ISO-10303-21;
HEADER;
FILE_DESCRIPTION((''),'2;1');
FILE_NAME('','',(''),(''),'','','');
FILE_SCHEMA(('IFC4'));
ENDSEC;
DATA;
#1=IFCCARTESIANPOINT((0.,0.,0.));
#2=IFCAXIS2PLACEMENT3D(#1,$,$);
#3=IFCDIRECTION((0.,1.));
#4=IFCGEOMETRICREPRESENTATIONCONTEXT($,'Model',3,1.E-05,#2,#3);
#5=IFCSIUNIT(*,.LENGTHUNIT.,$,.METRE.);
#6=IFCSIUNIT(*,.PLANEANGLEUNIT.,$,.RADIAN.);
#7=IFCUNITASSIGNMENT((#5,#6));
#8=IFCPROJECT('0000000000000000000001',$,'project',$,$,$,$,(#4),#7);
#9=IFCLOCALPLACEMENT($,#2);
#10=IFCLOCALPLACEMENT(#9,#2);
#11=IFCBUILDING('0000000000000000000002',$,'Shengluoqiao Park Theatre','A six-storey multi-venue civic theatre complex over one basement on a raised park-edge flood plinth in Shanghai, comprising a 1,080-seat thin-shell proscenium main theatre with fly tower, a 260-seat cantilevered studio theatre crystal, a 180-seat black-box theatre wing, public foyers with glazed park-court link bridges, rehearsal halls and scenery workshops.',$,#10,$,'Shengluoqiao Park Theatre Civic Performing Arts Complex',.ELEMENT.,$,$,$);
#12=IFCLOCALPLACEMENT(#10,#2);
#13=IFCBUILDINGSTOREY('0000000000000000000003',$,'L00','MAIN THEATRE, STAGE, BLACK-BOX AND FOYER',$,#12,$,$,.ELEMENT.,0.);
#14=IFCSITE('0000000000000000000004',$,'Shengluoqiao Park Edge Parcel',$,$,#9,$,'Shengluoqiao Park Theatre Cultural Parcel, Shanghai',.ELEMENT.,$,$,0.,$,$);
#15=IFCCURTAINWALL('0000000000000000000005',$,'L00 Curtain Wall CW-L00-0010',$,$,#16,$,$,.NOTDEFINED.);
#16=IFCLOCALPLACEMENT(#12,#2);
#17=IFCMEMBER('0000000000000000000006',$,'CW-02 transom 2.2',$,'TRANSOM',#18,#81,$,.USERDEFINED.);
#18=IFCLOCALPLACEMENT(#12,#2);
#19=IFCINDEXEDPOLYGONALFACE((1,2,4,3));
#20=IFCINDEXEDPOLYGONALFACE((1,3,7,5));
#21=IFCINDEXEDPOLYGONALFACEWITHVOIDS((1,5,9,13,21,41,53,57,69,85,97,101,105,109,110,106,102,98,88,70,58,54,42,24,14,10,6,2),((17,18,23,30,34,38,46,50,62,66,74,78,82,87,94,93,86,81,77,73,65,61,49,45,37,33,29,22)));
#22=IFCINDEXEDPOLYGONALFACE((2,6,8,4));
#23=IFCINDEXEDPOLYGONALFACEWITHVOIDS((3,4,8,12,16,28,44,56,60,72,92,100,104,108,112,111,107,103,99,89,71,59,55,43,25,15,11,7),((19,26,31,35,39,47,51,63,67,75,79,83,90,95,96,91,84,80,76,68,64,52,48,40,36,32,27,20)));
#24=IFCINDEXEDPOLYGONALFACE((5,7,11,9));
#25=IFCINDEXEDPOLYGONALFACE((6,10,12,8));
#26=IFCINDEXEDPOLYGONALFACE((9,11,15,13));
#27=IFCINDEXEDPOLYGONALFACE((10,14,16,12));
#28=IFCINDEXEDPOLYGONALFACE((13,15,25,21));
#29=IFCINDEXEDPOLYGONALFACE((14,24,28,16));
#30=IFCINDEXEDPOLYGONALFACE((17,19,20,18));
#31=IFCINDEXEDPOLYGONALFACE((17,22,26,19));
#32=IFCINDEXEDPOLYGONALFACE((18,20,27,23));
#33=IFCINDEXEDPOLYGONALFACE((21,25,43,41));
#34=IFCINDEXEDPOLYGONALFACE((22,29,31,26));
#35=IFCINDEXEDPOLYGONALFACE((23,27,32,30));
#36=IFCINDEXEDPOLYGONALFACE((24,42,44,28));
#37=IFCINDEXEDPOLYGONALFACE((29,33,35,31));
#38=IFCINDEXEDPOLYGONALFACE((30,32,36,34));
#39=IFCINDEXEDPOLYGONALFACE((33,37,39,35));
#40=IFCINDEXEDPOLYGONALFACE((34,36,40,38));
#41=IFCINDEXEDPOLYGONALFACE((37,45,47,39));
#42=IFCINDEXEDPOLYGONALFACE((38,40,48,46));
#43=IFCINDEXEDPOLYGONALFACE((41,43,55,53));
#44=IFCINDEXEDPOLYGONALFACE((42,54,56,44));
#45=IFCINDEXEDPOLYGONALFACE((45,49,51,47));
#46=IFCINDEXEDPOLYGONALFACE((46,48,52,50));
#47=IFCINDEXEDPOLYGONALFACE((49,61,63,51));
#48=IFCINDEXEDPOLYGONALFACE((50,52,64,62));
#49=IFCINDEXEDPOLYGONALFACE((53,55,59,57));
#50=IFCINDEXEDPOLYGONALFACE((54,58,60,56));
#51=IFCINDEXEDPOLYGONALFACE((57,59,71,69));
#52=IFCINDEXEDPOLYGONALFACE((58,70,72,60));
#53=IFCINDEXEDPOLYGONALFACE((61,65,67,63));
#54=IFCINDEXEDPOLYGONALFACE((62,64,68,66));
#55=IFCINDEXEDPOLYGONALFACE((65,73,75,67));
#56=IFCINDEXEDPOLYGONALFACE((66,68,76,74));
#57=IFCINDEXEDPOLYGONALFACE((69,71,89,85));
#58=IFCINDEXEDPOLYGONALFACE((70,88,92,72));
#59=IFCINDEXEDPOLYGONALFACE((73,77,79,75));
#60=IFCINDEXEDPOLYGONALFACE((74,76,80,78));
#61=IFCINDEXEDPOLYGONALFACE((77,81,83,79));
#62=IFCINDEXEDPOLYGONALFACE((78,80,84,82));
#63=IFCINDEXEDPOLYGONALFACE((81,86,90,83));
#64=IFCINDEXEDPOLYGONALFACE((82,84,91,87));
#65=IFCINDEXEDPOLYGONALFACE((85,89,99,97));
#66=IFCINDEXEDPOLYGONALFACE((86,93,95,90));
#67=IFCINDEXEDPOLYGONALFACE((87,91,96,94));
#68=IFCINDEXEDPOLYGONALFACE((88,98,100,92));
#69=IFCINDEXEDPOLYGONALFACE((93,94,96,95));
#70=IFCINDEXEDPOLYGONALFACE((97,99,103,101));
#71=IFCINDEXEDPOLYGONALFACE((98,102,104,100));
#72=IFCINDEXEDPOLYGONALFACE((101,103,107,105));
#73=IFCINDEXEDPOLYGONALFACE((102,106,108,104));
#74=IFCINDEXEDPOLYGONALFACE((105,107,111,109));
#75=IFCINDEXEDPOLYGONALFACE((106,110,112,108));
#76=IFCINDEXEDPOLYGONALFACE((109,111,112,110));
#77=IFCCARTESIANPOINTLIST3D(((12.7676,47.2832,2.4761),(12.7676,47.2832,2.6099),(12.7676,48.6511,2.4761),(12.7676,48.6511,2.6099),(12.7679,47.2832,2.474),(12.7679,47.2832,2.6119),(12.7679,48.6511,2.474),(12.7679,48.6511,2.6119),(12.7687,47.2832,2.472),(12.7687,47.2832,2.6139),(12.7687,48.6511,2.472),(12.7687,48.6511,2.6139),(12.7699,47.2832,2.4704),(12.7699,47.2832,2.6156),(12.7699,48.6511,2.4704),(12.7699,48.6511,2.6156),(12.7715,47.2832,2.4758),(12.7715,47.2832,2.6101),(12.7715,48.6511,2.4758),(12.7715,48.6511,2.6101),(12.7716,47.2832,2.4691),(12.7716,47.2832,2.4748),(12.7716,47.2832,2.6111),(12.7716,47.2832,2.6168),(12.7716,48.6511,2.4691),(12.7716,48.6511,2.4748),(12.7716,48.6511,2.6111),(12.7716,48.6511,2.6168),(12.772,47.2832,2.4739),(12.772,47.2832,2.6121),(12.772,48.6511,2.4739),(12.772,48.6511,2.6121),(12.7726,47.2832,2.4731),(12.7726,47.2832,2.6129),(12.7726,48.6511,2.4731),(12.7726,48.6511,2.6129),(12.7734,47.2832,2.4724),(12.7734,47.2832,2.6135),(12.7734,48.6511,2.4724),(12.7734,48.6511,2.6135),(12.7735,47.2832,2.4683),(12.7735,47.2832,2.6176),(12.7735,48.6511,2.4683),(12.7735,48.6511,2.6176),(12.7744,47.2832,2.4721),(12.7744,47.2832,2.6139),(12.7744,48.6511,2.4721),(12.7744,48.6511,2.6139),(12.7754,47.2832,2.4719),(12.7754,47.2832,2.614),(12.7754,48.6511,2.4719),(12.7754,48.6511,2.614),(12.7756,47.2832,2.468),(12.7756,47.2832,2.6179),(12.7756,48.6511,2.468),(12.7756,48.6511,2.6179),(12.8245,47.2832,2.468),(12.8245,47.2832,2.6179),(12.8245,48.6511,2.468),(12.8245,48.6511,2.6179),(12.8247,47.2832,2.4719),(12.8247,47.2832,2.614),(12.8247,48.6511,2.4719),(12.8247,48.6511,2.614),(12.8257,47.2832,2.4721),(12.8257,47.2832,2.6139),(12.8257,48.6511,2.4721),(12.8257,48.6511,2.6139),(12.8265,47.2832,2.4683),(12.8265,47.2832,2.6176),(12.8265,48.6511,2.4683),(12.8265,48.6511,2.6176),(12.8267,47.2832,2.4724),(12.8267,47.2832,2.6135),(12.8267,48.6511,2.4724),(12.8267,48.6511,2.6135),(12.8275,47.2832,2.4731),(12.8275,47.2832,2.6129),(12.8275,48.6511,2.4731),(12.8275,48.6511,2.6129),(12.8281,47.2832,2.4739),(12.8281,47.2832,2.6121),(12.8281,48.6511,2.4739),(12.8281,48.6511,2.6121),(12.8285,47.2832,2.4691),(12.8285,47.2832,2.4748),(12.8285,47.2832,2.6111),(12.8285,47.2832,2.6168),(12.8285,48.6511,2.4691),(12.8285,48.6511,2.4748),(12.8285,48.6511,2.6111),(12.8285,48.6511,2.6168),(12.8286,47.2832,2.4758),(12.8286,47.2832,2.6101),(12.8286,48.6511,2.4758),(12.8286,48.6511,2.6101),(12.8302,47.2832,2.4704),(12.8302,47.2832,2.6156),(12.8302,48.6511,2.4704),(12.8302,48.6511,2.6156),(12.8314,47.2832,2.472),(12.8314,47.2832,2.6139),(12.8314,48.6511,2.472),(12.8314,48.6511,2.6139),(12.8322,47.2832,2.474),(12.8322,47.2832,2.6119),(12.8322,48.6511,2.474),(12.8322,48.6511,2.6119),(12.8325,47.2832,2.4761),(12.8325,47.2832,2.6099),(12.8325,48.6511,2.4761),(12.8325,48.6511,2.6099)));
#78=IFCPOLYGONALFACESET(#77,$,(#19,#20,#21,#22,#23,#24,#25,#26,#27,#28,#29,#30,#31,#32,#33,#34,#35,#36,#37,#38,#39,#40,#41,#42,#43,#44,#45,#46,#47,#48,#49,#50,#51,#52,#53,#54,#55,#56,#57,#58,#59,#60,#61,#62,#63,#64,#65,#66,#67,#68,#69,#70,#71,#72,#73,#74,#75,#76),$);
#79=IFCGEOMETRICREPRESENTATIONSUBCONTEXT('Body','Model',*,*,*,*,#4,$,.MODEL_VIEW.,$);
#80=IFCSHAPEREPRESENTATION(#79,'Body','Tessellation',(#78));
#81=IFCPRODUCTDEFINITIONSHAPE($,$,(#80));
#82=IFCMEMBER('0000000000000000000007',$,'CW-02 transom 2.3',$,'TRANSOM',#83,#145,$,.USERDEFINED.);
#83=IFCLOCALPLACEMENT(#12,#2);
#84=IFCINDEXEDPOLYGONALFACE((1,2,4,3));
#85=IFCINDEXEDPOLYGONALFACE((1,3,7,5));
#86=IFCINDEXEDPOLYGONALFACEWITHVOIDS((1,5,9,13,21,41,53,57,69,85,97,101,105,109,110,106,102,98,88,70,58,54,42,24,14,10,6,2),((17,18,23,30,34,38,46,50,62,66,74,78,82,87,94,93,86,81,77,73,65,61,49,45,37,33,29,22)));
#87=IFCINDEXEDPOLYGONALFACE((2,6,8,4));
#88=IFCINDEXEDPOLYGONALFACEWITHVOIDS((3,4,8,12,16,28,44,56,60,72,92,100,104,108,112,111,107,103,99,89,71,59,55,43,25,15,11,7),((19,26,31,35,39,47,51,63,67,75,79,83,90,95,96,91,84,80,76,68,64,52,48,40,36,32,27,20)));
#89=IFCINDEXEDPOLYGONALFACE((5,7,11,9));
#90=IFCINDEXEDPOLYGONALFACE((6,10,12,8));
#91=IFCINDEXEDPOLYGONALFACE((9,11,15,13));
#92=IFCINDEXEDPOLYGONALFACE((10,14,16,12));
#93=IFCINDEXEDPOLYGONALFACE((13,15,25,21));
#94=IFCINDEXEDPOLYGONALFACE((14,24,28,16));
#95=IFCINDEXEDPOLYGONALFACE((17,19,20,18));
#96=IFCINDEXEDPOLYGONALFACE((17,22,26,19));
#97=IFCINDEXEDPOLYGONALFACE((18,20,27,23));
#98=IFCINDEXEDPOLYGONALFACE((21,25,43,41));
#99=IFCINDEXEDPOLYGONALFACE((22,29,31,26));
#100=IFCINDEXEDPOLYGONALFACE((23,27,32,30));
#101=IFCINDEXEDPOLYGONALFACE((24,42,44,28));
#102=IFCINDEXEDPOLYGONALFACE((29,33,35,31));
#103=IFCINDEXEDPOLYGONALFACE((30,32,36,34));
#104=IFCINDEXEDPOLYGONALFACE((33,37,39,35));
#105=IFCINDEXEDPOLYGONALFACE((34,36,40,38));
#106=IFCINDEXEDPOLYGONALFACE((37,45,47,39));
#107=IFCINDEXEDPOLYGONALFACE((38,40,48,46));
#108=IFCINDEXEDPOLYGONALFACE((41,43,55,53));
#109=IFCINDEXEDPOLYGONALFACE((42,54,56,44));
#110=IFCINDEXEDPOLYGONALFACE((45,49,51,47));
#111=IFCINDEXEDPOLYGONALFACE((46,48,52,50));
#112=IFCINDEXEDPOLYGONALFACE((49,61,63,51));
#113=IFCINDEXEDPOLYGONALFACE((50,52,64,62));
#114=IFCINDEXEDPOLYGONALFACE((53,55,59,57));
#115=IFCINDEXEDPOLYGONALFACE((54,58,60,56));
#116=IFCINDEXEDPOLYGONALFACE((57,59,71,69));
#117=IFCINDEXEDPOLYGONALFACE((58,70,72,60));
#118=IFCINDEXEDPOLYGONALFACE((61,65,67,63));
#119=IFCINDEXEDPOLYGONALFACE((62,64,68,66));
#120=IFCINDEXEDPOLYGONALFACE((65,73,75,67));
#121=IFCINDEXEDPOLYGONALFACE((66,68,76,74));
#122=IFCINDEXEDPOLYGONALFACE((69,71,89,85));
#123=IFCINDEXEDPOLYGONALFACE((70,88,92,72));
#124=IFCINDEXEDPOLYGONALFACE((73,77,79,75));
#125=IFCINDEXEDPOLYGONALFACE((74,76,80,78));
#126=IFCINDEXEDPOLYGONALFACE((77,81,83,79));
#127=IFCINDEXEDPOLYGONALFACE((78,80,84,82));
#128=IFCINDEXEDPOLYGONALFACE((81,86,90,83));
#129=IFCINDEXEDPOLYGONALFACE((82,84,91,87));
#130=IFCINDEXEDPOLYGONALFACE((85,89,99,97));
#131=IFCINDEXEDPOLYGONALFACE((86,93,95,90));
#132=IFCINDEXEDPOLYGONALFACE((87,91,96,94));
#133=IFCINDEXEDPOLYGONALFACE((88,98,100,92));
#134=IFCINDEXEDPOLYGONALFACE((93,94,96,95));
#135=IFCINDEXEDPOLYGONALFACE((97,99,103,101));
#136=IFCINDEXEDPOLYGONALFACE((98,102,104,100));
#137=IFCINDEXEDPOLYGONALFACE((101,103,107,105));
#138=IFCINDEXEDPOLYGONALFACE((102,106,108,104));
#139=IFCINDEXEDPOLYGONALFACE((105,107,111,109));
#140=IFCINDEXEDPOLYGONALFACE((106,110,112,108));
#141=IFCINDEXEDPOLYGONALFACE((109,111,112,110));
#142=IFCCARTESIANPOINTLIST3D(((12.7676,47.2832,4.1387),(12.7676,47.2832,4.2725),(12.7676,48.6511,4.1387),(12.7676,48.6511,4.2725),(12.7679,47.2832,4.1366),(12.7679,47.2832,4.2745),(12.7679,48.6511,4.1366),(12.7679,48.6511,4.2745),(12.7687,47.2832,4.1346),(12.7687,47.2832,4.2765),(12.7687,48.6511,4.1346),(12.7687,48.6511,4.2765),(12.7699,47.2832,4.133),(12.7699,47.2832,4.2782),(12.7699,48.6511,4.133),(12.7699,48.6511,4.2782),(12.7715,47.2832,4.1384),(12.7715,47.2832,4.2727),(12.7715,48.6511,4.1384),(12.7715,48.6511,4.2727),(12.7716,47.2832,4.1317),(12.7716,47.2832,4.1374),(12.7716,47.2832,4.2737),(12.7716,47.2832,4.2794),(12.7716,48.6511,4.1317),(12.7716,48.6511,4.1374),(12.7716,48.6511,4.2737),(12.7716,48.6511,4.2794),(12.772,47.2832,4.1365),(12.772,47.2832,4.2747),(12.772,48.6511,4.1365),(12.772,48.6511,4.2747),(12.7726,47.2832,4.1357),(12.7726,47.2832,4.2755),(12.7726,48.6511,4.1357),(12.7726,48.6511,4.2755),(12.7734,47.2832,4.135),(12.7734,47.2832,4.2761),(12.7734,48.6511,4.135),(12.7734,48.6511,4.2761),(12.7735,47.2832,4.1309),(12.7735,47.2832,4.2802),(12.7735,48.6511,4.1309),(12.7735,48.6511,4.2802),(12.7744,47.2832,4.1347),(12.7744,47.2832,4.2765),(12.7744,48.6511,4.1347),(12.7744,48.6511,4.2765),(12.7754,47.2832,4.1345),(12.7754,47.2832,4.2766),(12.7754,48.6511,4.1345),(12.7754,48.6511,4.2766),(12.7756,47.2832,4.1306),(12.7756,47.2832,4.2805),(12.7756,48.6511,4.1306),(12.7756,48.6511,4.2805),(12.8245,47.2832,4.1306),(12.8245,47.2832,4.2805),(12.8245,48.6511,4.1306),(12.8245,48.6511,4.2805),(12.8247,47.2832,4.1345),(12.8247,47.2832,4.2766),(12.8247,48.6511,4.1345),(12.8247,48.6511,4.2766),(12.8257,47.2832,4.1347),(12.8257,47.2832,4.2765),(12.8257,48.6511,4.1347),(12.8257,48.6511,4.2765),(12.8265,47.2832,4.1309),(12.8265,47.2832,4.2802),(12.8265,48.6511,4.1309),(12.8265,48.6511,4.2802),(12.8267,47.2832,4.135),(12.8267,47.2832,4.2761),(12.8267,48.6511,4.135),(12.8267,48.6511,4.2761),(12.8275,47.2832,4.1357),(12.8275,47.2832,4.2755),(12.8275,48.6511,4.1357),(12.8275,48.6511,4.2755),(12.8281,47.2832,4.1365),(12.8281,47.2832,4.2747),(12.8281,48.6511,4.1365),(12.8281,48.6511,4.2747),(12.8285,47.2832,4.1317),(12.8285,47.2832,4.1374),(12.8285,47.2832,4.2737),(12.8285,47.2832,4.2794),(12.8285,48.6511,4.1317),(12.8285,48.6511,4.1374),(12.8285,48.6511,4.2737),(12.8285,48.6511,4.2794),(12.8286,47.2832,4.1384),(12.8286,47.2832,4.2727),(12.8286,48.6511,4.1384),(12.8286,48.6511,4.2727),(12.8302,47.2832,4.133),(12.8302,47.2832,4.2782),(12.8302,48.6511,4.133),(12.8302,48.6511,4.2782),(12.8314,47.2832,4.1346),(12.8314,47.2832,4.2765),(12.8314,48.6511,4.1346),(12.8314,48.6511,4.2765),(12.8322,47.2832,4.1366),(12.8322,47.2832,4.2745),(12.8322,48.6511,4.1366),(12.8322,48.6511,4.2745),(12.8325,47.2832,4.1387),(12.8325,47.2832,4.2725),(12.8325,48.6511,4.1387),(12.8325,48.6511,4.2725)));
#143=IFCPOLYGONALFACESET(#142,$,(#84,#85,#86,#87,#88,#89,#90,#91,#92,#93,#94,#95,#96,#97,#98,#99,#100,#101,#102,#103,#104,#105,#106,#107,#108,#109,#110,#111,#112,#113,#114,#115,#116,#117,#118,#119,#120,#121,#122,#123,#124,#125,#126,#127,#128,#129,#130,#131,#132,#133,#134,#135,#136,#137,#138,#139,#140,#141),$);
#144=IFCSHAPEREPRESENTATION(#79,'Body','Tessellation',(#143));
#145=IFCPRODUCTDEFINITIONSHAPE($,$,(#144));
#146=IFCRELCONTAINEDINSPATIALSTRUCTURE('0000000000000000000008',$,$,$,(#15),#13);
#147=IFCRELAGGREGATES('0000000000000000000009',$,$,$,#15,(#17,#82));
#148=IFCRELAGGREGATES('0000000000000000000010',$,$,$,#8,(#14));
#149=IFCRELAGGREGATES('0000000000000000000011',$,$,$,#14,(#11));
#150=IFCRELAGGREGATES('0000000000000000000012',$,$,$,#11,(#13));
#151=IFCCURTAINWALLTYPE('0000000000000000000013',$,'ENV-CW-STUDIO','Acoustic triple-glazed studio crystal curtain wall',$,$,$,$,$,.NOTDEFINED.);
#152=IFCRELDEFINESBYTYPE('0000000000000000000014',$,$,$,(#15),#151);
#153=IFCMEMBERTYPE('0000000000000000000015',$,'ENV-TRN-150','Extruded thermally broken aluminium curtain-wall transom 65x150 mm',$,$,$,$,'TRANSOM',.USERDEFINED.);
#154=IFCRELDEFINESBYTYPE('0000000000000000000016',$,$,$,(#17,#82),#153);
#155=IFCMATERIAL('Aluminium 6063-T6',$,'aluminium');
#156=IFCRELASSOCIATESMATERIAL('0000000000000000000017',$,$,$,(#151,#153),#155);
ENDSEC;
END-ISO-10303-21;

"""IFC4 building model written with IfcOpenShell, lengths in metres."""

from ifc_helpers import new_model, si_unit, direction, frame, origin, origin_2d, place, context, subcontext, project, spatial, hollow_rectangle, extrude, material, material_profile, profile_set, type_object, element, aggregate, save


model = new_model("IFC4")

# Units and contexts
model_context = context("Model", 3, precision=1e-05, world=origin(), true_north=direction((0.0, 1.0)))
body_context = subcontext(model_context, "Body", "Model", "MODEL_VIEW")
ifc_project = project(units=[si_unit("LENGTHUNIT", "METRE"), si_unit("PLANEANGLEUNIT", "RADIAN")], contexts=[model_context])

# Site, building, storey
site_placement = place(None, origin())
site = spatial("IfcSite", under=ifc_project, at=site_placement, Name="Shengluoqiao Park Edge Parcel", LongName="Shengluoqiao Park Theatre Cultural Parcel, Shanghai", CompositionType="ELEMENT", RefElevation=0.0)
building_placement = place(site_placement, origin())
building = spatial("IfcBuilding", under=site, at=building_placement, Name="Shengluoqiao Park Theatre", Description="A six-storey multi-venue civic theatre complex over one basement on a raised park-edge flood plinth in Shanghai, comprising a 1,080-seat thin-shell proscenium main theatre with fly tower, a 260-seat cantilevered studio theatre crystal, a 180-seat black-box theatre wing, public foyers with glazed park-court link bridges, rehearsal halls and scenery workshops.", LongName="Shengluoqiao Park Theatre Civic Performing Arts Complex", CompositionType="ELEMENT")
storey_placement = place(building_placement, origin())
storey = spatial("IfcBuildingStorey", under=building, at=storey_placement, Name="L00", Description="MAIN THEATRE, STAGE, BLACK-BOX AND FOYER", CompositionType="ELEMENT", Elevation=0.0)

# Curtain wall, members
ifc_material_1 = material(Name="Aluminium 6063-T6", Category="aluminium")
curtain_wall_type = type_object("IfcCurtainWallType", Name="ENV-CW-STUDIO", Description="Acoustic triple-glazed studio crystal curtain wall", PredefinedType="NOTDEFINED", material=ifc_material_1)
curtain_wall_placement = place(storey_placement, origin())
curtain_wall = element("IfcCurtainWall", 1, at=curtain_wall_placement, inside=storey, type_object=curtain_wall_type, Name="L00 Curtain Wall CW-L00-0010", PredefinedType="NOTDEFINED")
ifc_material_profile_1 = material_profile(ifc_material_1, hollow_rectangle(XDim=0.0649, YDim=0.1499, WallThickness=0.0039, InnerFilletRadius=0.0039, OuterFilletRadius=0.0081, at=origin_2d()), Name="ALU TRANSOM 150x65x4")
ifc_profile_set_1 = profile_set([ifc_material_profile_1], Name="Aluminium 6063-T6")
member_type_1 = type_object("IfcMemberType", Name="ENV-TRN-150", Description="Extruded thermally broken aluminium curtain-wall transom 65x150 mm", ElementType="TRANSOM", PredefinedType="USERDEFINED", material=ifc_profile_set_1)
member_1_placement = place(storey_placement, frame((12.8, 47.2832, 2.543), z_axis=(0.0, 1.0, 0.0), x_axis=(-1.0, 0.0, 0.0)))
member_1 = element("IfcMember", 2, at=member_1_placement, type_object=member_type_1, Name="CW-02 transom 2.2", ObjectType="TRANSOM", PredefinedType="USERDEFINED", context=body_context, shape_type="SweptSolid", body=[
    extrude(hollow_rectangle(XDim=0.0649, YDim=0.1499, WallThickness=0.0039, InnerFilletRadius=0.0039, OuterFilletRadius=0.0081, at=origin_2d()), origin(), (0.0, 0.0, 1.0), 1.3679),
])
member_2_placement = place(storey_placement, frame((12.8, 47.2832, 4.2056), z_axis=(0.0, 1.0, 0.0), x_axis=(-1.0, 0.0, 0.0)))
member_2 = element("IfcMember", 3, at=member_2_placement, type_object=member_type_1, Name="CW-02 transom 2.3", ObjectType="TRANSOM", PredefinedType="USERDEFINED", context=body_context, shape_type="SweptSolid", body=[
    extrude(hollow_rectangle(XDim=0.0649, YDim=0.1499, WallThickness=0.0039, InnerFilletRadius=0.0039, OuterFilletRadius=0.0081, at=origin_2d()), origin(), (0.0, 0.0, 1.0), 1.3679),
])
aggregate(curtain_wall, [member_1, member_2])

save(model, "model.ifc")
